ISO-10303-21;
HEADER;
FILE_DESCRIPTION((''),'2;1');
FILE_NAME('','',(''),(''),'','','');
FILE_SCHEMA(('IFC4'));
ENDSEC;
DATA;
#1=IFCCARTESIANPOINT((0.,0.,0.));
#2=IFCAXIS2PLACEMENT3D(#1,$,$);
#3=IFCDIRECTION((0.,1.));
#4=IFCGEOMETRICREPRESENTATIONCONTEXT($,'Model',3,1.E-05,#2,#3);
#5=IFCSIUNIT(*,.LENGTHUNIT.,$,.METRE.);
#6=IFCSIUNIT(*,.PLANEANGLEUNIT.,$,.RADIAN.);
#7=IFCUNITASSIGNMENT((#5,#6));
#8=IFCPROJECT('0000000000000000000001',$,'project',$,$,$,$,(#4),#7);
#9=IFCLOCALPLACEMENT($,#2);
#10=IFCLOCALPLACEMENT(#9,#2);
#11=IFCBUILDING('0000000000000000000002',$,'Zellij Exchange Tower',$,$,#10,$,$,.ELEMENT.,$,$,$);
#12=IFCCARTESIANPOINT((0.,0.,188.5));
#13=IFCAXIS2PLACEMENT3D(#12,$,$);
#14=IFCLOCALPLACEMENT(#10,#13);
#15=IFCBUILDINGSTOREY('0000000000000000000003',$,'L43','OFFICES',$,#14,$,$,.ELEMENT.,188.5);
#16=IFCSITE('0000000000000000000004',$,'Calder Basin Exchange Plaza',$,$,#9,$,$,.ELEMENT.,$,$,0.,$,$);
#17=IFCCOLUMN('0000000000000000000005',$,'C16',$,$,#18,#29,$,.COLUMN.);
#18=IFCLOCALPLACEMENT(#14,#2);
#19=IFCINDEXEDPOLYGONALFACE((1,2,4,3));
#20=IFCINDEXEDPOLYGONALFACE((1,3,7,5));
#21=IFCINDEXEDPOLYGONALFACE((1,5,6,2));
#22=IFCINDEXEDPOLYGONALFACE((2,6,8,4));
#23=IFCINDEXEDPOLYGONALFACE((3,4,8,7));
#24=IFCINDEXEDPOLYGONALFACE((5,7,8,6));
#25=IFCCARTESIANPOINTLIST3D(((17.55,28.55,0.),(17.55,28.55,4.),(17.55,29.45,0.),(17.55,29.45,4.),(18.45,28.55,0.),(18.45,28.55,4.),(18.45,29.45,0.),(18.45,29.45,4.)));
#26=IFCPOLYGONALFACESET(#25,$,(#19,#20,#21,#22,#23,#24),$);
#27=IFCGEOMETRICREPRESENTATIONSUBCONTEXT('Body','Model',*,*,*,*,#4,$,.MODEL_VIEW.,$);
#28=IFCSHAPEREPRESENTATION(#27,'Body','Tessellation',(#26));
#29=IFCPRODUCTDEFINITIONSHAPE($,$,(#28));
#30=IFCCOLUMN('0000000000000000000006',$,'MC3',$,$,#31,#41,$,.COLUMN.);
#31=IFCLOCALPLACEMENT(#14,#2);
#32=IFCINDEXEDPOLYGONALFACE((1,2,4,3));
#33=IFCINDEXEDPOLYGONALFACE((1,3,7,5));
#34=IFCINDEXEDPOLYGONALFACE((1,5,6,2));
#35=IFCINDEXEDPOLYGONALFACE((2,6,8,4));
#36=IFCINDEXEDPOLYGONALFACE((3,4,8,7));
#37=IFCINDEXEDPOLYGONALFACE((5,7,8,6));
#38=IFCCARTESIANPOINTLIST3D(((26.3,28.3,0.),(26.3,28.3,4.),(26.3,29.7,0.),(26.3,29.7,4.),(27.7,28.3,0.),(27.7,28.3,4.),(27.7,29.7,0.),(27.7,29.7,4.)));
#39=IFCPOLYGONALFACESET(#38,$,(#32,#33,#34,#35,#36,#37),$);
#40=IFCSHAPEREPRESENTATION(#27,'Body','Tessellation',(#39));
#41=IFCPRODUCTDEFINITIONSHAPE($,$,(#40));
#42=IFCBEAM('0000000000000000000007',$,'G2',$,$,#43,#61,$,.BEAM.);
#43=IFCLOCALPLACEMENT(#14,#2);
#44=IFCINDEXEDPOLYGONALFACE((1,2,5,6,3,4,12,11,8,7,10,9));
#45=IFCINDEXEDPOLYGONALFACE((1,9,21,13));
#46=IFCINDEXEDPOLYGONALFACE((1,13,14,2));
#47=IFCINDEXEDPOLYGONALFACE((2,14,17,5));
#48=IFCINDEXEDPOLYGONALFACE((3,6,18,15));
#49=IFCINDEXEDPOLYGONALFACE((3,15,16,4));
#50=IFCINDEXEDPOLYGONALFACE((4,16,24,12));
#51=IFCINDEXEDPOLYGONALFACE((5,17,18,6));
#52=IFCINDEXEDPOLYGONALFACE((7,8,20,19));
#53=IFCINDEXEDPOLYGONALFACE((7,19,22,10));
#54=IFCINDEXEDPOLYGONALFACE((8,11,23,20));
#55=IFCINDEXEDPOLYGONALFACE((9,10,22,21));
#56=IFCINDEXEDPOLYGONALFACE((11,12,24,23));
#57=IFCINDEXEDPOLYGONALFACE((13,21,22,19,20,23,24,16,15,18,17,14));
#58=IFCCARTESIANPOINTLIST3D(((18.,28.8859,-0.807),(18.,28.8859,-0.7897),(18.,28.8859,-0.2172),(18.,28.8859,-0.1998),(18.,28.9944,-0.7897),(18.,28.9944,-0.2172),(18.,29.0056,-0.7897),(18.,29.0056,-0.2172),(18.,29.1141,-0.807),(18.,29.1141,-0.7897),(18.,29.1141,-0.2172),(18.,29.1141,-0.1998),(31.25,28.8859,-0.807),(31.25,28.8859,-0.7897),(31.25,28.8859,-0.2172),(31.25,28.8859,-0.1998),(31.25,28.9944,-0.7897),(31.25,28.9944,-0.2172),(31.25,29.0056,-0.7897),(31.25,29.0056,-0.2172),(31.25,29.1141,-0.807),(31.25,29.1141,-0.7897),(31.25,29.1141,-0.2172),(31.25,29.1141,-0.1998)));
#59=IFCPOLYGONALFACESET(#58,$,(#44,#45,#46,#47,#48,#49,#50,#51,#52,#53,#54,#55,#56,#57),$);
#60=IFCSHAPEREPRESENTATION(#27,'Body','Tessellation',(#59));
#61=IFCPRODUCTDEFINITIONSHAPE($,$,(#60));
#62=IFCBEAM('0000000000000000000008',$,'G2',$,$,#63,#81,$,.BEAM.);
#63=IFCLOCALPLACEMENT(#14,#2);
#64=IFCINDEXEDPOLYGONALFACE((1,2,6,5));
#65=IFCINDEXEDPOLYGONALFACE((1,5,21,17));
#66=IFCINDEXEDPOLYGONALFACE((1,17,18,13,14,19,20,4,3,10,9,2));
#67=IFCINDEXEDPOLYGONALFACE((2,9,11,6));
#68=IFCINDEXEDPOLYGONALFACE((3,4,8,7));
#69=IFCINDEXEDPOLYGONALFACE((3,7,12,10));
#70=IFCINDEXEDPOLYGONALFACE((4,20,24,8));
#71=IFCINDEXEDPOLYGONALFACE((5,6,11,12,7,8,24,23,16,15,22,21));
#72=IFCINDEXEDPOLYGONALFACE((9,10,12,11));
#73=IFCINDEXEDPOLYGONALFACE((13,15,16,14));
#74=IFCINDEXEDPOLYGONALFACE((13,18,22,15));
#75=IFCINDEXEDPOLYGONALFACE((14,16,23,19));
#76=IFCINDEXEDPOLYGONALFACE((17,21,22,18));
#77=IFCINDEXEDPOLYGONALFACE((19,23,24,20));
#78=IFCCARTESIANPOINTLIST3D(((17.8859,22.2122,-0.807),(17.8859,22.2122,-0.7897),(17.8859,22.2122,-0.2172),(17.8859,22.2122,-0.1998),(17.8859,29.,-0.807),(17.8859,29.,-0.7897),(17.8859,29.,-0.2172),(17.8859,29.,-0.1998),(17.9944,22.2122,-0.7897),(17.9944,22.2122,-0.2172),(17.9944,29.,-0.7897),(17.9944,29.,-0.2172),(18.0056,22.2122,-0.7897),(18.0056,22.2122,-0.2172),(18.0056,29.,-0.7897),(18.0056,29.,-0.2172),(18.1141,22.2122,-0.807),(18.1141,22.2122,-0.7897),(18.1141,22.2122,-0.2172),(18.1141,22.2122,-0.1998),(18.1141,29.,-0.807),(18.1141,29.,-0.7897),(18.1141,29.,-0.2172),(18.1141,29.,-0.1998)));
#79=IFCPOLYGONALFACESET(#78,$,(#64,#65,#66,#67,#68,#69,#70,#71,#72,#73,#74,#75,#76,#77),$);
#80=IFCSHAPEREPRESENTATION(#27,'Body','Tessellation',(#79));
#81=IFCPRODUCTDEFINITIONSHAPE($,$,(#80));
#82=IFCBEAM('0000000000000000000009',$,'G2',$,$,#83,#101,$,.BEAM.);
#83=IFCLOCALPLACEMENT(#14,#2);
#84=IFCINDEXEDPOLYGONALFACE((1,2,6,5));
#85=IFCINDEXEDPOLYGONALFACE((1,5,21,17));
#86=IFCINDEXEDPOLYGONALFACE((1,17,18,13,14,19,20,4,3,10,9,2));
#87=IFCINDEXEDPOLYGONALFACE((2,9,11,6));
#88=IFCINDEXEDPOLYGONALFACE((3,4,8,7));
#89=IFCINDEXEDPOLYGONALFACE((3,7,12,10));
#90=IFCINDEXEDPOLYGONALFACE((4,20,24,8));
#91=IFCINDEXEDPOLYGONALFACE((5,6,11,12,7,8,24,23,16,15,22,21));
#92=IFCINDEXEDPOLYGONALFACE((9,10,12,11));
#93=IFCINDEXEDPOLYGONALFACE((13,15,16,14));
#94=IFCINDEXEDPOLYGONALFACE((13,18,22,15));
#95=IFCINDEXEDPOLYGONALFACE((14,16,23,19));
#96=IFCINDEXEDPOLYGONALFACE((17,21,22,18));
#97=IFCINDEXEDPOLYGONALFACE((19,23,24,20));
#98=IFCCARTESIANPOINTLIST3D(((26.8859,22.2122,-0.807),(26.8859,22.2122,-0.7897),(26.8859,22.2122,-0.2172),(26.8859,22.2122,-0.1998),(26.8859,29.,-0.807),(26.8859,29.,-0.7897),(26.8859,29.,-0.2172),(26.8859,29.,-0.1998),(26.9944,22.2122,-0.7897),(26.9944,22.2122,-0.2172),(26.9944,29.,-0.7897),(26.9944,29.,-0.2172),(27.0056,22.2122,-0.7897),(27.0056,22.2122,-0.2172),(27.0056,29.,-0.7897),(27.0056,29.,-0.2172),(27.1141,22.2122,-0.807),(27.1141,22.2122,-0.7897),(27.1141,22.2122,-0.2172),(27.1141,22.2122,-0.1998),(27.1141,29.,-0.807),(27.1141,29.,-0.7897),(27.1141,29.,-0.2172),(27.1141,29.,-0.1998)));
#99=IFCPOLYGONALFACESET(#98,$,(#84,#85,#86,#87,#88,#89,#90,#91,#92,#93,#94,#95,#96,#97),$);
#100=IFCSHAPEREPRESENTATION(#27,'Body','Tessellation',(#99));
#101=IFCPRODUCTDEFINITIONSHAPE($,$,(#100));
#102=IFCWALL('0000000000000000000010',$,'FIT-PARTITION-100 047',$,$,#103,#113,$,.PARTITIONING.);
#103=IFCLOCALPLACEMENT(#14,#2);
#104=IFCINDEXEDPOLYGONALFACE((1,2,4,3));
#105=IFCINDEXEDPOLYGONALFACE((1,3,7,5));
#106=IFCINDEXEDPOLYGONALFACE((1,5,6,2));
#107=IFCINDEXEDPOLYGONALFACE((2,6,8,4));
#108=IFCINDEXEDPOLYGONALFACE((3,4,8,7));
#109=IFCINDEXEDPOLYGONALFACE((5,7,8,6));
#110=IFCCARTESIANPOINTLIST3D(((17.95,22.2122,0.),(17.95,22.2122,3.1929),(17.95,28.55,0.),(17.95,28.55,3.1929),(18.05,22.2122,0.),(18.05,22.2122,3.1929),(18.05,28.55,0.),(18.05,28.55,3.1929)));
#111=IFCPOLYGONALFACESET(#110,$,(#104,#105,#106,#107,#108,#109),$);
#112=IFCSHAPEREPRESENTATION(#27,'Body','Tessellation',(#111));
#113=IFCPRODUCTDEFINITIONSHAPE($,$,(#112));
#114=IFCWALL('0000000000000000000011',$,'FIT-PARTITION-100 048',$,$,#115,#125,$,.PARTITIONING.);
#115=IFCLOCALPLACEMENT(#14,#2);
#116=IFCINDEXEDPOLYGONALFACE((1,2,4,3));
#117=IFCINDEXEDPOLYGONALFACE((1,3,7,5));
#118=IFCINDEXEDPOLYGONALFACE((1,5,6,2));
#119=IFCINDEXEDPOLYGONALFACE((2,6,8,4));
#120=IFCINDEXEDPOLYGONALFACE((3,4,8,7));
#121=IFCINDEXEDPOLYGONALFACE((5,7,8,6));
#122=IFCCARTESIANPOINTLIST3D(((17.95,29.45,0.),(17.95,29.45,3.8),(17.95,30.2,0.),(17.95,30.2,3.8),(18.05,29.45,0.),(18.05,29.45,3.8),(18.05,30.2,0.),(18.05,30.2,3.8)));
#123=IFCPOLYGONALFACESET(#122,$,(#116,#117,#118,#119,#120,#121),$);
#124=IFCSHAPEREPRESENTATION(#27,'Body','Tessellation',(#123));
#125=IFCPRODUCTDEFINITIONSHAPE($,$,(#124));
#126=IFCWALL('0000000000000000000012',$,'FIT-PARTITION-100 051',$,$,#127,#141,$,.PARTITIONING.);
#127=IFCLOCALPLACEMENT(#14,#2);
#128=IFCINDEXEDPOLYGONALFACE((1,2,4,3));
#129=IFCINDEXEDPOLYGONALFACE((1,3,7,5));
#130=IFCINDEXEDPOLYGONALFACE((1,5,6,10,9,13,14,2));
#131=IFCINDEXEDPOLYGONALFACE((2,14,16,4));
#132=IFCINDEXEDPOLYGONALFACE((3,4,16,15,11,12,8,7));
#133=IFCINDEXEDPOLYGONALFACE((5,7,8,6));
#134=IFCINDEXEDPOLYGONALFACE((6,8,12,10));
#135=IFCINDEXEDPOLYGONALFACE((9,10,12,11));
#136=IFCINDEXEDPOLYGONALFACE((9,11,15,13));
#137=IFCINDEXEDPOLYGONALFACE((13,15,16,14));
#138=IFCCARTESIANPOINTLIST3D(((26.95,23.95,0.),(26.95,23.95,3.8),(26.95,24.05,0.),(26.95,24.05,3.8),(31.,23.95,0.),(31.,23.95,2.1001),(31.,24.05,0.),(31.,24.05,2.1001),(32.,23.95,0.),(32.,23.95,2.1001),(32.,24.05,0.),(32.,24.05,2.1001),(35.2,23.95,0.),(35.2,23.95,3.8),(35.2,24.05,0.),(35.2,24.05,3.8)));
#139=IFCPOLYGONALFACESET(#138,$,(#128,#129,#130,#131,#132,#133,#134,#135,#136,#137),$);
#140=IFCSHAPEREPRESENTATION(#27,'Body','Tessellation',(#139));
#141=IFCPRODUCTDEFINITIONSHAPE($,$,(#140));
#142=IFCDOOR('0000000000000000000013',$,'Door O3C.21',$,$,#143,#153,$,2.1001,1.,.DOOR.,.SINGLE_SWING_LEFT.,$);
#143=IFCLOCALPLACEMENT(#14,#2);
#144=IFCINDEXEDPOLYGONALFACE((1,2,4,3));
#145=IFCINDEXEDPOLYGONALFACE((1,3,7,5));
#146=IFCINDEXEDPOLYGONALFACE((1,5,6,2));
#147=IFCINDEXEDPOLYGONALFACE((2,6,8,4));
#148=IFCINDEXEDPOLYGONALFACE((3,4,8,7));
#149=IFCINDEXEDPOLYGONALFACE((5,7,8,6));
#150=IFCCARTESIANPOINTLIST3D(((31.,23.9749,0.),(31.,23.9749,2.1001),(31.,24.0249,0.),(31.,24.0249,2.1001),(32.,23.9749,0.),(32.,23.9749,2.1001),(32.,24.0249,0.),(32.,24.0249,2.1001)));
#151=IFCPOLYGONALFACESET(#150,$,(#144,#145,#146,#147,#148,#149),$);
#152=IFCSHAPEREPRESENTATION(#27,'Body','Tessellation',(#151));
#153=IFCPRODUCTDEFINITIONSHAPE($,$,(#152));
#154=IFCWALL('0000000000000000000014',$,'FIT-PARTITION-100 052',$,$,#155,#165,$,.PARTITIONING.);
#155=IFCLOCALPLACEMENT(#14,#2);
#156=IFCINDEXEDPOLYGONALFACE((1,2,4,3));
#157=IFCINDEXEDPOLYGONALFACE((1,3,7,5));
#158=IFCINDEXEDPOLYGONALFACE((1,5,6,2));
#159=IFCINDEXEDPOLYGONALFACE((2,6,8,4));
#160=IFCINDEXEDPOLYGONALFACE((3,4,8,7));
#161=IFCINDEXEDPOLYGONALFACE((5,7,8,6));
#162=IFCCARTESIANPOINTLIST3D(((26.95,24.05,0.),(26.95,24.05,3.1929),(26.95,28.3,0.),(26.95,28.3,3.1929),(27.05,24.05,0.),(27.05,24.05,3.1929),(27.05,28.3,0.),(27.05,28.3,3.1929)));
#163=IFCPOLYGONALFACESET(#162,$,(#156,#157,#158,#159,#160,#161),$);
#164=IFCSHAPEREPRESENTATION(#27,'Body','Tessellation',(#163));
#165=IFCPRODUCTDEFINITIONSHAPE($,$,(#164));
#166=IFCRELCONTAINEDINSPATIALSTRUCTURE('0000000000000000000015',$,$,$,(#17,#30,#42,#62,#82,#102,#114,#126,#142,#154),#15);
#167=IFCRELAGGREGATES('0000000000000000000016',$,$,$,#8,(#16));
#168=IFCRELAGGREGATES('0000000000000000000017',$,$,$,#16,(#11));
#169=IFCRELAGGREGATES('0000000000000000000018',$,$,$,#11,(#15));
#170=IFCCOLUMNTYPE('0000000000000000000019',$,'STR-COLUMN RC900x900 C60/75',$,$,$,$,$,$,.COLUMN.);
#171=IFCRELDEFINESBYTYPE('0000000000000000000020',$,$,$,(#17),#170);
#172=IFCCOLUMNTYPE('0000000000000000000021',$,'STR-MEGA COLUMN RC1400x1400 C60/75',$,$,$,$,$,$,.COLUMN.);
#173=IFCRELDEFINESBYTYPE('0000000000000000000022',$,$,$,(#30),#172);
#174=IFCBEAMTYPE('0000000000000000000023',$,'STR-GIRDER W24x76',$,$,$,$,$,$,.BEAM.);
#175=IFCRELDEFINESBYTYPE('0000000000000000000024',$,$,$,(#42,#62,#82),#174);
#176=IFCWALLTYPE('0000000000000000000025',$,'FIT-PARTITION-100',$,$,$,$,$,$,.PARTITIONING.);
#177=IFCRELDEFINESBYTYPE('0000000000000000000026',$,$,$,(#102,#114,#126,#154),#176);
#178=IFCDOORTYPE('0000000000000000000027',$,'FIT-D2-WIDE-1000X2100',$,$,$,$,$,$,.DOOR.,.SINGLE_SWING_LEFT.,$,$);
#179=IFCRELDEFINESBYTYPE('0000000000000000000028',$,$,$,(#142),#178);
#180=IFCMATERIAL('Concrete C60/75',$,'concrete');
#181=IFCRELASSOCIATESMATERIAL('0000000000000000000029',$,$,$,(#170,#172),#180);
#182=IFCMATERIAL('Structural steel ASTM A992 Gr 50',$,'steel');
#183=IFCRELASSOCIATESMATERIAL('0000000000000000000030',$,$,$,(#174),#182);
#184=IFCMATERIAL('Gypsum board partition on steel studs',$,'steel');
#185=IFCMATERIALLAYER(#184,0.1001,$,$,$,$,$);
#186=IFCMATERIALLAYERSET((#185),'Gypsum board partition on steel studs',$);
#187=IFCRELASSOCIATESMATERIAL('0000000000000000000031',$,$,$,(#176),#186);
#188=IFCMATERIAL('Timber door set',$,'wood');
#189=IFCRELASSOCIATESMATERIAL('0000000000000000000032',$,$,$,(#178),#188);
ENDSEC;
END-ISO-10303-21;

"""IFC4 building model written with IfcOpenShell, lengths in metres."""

from ifc_helpers import new_model, si_unit, direction, frame, frame_2d, origin, origin_2d, place, context, subcontext, project, spatial, rectangle, i_section, extrude, material, layer, layer_set, material_profile, profile_set, type_object, element, fill, save


model = new_model("IFC4")

# Units and contexts
model_context = context("Model", 3, precision=1e-05, world=origin(), true_north=direction((0.0, 1.0)))
body_context = subcontext(model_context, "Body", "Model", "MODEL_VIEW")
ifc_project = project(units=[si_unit("LENGTHUNIT", "METRE"), si_unit("PLANEANGLEUNIT", "RADIAN")], contexts=[model_context])

# Site, building, storey
site_placement = place(None, origin())
site = spatial("IfcSite", under=ifc_project, at=site_placement, Name="Calder Basin Exchange Plaza", CompositionType="ELEMENT", RefElevation=0.0)
building_placement = place(site_placement, origin())
building = spatial("IfcBuilding", under=site, at=building_placement, Name="Zellij Exchange Tower", CompositionType="ELEMENT")
storey_placement = place(building_placement, frame((0.0, 0.0, 188.5)))
storey = spatial("IfcBuildingStorey", under=building, at=storey_placement, Name="L43", Description="OFFICES", CompositionType="ELEMENT", Elevation=188.5)

# Columns
ifc_material_1 = material(Name="Concrete C60/75", Category="concrete")
ifc_material_profile_1 = material_profile(ifc_material_1, rectangle(XDim=0.8999, YDim=0.8999, at=origin_2d()), Name="STR-COLUMN RC900x900 C60/75")
ifc_profile_set_1 = profile_set([ifc_material_profile_1], Name="Concrete C60/75")
column_type_1 = type_object("IfcColumnType", Name="STR-COLUMN RC900x900 C60/75", PredefinedType="COLUMN", material=ifc_profile_set_1)
column_1_placement = place(storey_placement, frame((18.0, 29.0, 0.0), z_axis=(0.0, 0.0, 1.0), x_axis=(1.0, 0.0, 0.0)))
element("IfcColumn", 1, at=column_1_placement, inside=storey, type_object=column_type_1, Name="C16", PredefinedType="COLUMN", context=body_context, shape_type="SweptSolid", body=[
    extrude(rectangle(XDim=0.8999, YDim=0.8999, at=origin_2d()), origin(), (0.0, 0.0, 1.0), 4.0),
])
ifc_material_profile_2 = material_profile(ifc_material_1, rectangle(XDim=1.3999, YDim=1.3999, at=origin_2d()), Name="STR-MEGA COLUMN RC1400x1400 C60/75")
ifc_profile_set_2 = profile_set([ifc_material_profile_2], Name="Concrete C60/75")
column_type_2 = type_object("IfcColumnType", Name="STR-MEGA COLUMN RC1400x1400 C60/75", PredefinedType="COLUMN", material=ifc_profile_set_2)
column_2_placement = place(storey_placement, frame((27.0, 29.0, 0.0), z_axis=(0.0, 0.0, 1.0), x_axis=(1.0, 0.0, 0.0)))
element("IfcColumn", 2, at=column_2_placement, inside=storey, type_object=column_type_2, Name="MC3", PredefinedType="COLUMN", context=body_context, shape_type="SweptSolid", body=[
    extrude(rectangle(XDim=1.3999, YDim=1.3999, at=origin_2d()), origin(), (0.0, 0.0, 1.0), 4.0),
])

# Beams
ifc_material_2 = material(Name="Structural steel ASTM A992 Gr 50", Category="steel")
ifc_material_profile_3 = material_profile(ifc_material_2, i_section(OverallWidth=0.2283, OverallDepth=0.6072, WebThickness=0.0112, FlangeThickness=0.0173, at=origin_2d()), Name="W24x76")
ifc_profile_set_3 = profile_set([ifc_material_profile_3], Name="Structural steel ASTM A992 Gr 50")
beam_type = type_object("IfcBeamType", Name="STR-GIRDER W24x76", PredefinedType="BEAM", material=ifc_profile_set_3)
beam_placement = place(storey_placement, frame((18.0, 29.0, -0.5034), z_axis=(1.0, 0.0, 0.0), x_axis=(0.0, 1.0, 0.0)))
element("IfcBeam", 3, at=beam_placement, inside=storey, type_object=beam_type, Name="G2", PredefinedType="BEAM", context=body_context, shape_type="SweptSolid", body=[
    extrude(i_section(OverallWidth=0.2283, OverallDepth=0.6072, WebThickness=0.0112, FlangeThickness=0.0173, at=origin_2d()), origin(), (0.0, 0.0, 1.0), 13.25),
])
for number, where, z_axis, x_axis, name in (
    (4, (18.0, 22.2122, -0.5034), (0.0, 1.0, 0.0), (-1.0, 0.0, 0.0), "G2"),
    (5, (27.0, 22.2122, -0.5034), (0.0, 1.0, 0.0), (-1.0, 0.0, 0.0), "G2"),
):
    element("IfcBeam", number, at=place(storey_placement, frame(where, z_axis=z_axis, x_axis=x_axis)), inside=storey, type_object=beam_type, Name=name, PredefinedType="BEAM", context=body_context, shape_type="SweptSolid", body=[
        extrude(i_section(OverallWidth=0.2283, OverallDepth=0.6072, WebThickness=0.0112, FlangeThickness=0.0173, at=origin_2d()), origin(), (0.0, 0.0, 1.0), 6.7878),
    ])

# Walls
ifc_material_3 = material(Name="Gypsum board partition on steel studs", Category="steel")
ifc_layer_1 = layer(ifc_material_3, 0.1001)
ifc_layer_set_1 = layer_set([ifc_layer_1], Name="Gypsum board partition on steel studs")
wall_type = type_object("IfcWallType", Name="FIT-PARTITION-100", PredefinedType="PARTITIONING", material=ifc_layer_set_1)
wall_1_placement = place(storey_placement, frame((18.0, 22.2122, 0.0), z_axis=(0.0, 0.0, 1.0), x_axis=(0.0, 1.0, 0.0)))
element("IfcWall", 6, at=wall_1_placement, inside=storey, type_object=wall_type, Name="FIT-PARTITION-100 047", PredefinedType="PARTITIONING", context=body_context, shape_type="SweptSolid", body=[
    extrude(rectangle(XDim=6.3379, YDim=0.1001, at=frame_2d((3.1689, 0.0))), origin(), (0.0, 0.0, 1.0), 3.1929),
])
wall_2_placement = place(storey_placement, frame((18.0, 29.45, 0.0), z_axis=(0.0, 0.0, 1.0), x_axis=(0.0, 1.0, 0.0)))
element("IfcWall", 7, at=wall_2_placement, inside=storey, type_object=wall_type, Name="FIT-PARTITION-100 048", PredefinedType="PARTITIONING", context=body_context, shape_type="SweptSolid", body=[
    extrude(rectangle(XDim=0.75, YDim=0.1001, at=frame_2d((0.375, 0.0))), origin(), (0.0, 0.0, 1.0), 3.8),
])

# Wall, opening, door
wall_3_placement = place(storey_placement, frame((26.95, 24.0, 0.0), z_axis=(0.0, 0.0, 1.0), x_axis=(1.0, 0.0, 0.0)))
wall_3 = element("IfcWall", 8, at=wall_3_placement, inside=storey, type_object=wall_type, Name="FIT-PARTITION-100 051", PredefinedType="PARTITIONING", context=body_context, shape_type="SweptSolid", body=[
    extrude(rectangle(XDim=8.25, YDim=0.1001, at=frame_2d((4.125, 0.0))), origin(), (0.0, 0.0, 1.0), 3.8),
])
opening_placement = place(wall_3_placement, frame((4.05, 0.0, 0.0)))
opening = element("IfcOpeningElement", 9, at=opening_placement, cuts=wall_3, PredefinedType="OPENING", context=body_context, shape_type="SweptSolid", body=[
    extrude(rectangle(XDim=1.0, YDim=2.1001, at=frame_2d((0.5, 1.05))), frame((0.0, 0.062, 0.0), z_axis=(0.0, -1.0, 0.0), x_axis=(1.0, 0.0, 0.0)), (0.0, 0.0, 1.0), 0.124),
])
ifc_material_4 = material(Name="Timber door set", Category="wood")
door_type = type_object("IfcDoorType", Name="FIT-D2-WIDE-1000X2100", OperationType="SINGLE_SWING_LEFT", PredefinedType="DOOR", material=ifc_material_4)
door_placement = place(opening_placement, origin())
door = element("IfcDoor", 10, at=door_placement, inside=storey, type_object=door_type, Name="Door O3C.21", OperationType="SINGLE_SWING_LEFT", OverallHeight=2.1001, OverallWidth=1.0, PredefinedType="DOOR", context=body_context, shape_type="SweptSolid", body=[
    extrude(rectangle(XDim=1.0, YDim=2.1001, at=frame_2d((0.5, 1.05))), frame((0.0, 0.0249, 0.0), z_axis=(0.0, -1.0, 0.0), x_axis=(1.0, 0.0, 0.0)), (0.0, 0.0, 1.0), 0.05),
])
fill(opening, door)

# Wall
wall_4_placement = place(storey_placement, frame((27.0, 24.05, 0.0), z_axis=(0.0, 0.0, 1.0), x_axis=(0.0, 1.0, 0.0)))
element("IfcWall", 11, at=wall_4_placement, inside=storey, type_object=wall_type, Name="FIT-PARTITION-100 052", PredefinedType="PARTITIONING", context=body_context, shape_type="SweptSolid", body=[
    extrude(rectangle(XDim=4.25, YDim=0.1001, at=frame_2d((2.125, 0.0))), origin(), (0.0, 0.0, 1.0), 3.1929),
])

save(model, "model.ifc")
